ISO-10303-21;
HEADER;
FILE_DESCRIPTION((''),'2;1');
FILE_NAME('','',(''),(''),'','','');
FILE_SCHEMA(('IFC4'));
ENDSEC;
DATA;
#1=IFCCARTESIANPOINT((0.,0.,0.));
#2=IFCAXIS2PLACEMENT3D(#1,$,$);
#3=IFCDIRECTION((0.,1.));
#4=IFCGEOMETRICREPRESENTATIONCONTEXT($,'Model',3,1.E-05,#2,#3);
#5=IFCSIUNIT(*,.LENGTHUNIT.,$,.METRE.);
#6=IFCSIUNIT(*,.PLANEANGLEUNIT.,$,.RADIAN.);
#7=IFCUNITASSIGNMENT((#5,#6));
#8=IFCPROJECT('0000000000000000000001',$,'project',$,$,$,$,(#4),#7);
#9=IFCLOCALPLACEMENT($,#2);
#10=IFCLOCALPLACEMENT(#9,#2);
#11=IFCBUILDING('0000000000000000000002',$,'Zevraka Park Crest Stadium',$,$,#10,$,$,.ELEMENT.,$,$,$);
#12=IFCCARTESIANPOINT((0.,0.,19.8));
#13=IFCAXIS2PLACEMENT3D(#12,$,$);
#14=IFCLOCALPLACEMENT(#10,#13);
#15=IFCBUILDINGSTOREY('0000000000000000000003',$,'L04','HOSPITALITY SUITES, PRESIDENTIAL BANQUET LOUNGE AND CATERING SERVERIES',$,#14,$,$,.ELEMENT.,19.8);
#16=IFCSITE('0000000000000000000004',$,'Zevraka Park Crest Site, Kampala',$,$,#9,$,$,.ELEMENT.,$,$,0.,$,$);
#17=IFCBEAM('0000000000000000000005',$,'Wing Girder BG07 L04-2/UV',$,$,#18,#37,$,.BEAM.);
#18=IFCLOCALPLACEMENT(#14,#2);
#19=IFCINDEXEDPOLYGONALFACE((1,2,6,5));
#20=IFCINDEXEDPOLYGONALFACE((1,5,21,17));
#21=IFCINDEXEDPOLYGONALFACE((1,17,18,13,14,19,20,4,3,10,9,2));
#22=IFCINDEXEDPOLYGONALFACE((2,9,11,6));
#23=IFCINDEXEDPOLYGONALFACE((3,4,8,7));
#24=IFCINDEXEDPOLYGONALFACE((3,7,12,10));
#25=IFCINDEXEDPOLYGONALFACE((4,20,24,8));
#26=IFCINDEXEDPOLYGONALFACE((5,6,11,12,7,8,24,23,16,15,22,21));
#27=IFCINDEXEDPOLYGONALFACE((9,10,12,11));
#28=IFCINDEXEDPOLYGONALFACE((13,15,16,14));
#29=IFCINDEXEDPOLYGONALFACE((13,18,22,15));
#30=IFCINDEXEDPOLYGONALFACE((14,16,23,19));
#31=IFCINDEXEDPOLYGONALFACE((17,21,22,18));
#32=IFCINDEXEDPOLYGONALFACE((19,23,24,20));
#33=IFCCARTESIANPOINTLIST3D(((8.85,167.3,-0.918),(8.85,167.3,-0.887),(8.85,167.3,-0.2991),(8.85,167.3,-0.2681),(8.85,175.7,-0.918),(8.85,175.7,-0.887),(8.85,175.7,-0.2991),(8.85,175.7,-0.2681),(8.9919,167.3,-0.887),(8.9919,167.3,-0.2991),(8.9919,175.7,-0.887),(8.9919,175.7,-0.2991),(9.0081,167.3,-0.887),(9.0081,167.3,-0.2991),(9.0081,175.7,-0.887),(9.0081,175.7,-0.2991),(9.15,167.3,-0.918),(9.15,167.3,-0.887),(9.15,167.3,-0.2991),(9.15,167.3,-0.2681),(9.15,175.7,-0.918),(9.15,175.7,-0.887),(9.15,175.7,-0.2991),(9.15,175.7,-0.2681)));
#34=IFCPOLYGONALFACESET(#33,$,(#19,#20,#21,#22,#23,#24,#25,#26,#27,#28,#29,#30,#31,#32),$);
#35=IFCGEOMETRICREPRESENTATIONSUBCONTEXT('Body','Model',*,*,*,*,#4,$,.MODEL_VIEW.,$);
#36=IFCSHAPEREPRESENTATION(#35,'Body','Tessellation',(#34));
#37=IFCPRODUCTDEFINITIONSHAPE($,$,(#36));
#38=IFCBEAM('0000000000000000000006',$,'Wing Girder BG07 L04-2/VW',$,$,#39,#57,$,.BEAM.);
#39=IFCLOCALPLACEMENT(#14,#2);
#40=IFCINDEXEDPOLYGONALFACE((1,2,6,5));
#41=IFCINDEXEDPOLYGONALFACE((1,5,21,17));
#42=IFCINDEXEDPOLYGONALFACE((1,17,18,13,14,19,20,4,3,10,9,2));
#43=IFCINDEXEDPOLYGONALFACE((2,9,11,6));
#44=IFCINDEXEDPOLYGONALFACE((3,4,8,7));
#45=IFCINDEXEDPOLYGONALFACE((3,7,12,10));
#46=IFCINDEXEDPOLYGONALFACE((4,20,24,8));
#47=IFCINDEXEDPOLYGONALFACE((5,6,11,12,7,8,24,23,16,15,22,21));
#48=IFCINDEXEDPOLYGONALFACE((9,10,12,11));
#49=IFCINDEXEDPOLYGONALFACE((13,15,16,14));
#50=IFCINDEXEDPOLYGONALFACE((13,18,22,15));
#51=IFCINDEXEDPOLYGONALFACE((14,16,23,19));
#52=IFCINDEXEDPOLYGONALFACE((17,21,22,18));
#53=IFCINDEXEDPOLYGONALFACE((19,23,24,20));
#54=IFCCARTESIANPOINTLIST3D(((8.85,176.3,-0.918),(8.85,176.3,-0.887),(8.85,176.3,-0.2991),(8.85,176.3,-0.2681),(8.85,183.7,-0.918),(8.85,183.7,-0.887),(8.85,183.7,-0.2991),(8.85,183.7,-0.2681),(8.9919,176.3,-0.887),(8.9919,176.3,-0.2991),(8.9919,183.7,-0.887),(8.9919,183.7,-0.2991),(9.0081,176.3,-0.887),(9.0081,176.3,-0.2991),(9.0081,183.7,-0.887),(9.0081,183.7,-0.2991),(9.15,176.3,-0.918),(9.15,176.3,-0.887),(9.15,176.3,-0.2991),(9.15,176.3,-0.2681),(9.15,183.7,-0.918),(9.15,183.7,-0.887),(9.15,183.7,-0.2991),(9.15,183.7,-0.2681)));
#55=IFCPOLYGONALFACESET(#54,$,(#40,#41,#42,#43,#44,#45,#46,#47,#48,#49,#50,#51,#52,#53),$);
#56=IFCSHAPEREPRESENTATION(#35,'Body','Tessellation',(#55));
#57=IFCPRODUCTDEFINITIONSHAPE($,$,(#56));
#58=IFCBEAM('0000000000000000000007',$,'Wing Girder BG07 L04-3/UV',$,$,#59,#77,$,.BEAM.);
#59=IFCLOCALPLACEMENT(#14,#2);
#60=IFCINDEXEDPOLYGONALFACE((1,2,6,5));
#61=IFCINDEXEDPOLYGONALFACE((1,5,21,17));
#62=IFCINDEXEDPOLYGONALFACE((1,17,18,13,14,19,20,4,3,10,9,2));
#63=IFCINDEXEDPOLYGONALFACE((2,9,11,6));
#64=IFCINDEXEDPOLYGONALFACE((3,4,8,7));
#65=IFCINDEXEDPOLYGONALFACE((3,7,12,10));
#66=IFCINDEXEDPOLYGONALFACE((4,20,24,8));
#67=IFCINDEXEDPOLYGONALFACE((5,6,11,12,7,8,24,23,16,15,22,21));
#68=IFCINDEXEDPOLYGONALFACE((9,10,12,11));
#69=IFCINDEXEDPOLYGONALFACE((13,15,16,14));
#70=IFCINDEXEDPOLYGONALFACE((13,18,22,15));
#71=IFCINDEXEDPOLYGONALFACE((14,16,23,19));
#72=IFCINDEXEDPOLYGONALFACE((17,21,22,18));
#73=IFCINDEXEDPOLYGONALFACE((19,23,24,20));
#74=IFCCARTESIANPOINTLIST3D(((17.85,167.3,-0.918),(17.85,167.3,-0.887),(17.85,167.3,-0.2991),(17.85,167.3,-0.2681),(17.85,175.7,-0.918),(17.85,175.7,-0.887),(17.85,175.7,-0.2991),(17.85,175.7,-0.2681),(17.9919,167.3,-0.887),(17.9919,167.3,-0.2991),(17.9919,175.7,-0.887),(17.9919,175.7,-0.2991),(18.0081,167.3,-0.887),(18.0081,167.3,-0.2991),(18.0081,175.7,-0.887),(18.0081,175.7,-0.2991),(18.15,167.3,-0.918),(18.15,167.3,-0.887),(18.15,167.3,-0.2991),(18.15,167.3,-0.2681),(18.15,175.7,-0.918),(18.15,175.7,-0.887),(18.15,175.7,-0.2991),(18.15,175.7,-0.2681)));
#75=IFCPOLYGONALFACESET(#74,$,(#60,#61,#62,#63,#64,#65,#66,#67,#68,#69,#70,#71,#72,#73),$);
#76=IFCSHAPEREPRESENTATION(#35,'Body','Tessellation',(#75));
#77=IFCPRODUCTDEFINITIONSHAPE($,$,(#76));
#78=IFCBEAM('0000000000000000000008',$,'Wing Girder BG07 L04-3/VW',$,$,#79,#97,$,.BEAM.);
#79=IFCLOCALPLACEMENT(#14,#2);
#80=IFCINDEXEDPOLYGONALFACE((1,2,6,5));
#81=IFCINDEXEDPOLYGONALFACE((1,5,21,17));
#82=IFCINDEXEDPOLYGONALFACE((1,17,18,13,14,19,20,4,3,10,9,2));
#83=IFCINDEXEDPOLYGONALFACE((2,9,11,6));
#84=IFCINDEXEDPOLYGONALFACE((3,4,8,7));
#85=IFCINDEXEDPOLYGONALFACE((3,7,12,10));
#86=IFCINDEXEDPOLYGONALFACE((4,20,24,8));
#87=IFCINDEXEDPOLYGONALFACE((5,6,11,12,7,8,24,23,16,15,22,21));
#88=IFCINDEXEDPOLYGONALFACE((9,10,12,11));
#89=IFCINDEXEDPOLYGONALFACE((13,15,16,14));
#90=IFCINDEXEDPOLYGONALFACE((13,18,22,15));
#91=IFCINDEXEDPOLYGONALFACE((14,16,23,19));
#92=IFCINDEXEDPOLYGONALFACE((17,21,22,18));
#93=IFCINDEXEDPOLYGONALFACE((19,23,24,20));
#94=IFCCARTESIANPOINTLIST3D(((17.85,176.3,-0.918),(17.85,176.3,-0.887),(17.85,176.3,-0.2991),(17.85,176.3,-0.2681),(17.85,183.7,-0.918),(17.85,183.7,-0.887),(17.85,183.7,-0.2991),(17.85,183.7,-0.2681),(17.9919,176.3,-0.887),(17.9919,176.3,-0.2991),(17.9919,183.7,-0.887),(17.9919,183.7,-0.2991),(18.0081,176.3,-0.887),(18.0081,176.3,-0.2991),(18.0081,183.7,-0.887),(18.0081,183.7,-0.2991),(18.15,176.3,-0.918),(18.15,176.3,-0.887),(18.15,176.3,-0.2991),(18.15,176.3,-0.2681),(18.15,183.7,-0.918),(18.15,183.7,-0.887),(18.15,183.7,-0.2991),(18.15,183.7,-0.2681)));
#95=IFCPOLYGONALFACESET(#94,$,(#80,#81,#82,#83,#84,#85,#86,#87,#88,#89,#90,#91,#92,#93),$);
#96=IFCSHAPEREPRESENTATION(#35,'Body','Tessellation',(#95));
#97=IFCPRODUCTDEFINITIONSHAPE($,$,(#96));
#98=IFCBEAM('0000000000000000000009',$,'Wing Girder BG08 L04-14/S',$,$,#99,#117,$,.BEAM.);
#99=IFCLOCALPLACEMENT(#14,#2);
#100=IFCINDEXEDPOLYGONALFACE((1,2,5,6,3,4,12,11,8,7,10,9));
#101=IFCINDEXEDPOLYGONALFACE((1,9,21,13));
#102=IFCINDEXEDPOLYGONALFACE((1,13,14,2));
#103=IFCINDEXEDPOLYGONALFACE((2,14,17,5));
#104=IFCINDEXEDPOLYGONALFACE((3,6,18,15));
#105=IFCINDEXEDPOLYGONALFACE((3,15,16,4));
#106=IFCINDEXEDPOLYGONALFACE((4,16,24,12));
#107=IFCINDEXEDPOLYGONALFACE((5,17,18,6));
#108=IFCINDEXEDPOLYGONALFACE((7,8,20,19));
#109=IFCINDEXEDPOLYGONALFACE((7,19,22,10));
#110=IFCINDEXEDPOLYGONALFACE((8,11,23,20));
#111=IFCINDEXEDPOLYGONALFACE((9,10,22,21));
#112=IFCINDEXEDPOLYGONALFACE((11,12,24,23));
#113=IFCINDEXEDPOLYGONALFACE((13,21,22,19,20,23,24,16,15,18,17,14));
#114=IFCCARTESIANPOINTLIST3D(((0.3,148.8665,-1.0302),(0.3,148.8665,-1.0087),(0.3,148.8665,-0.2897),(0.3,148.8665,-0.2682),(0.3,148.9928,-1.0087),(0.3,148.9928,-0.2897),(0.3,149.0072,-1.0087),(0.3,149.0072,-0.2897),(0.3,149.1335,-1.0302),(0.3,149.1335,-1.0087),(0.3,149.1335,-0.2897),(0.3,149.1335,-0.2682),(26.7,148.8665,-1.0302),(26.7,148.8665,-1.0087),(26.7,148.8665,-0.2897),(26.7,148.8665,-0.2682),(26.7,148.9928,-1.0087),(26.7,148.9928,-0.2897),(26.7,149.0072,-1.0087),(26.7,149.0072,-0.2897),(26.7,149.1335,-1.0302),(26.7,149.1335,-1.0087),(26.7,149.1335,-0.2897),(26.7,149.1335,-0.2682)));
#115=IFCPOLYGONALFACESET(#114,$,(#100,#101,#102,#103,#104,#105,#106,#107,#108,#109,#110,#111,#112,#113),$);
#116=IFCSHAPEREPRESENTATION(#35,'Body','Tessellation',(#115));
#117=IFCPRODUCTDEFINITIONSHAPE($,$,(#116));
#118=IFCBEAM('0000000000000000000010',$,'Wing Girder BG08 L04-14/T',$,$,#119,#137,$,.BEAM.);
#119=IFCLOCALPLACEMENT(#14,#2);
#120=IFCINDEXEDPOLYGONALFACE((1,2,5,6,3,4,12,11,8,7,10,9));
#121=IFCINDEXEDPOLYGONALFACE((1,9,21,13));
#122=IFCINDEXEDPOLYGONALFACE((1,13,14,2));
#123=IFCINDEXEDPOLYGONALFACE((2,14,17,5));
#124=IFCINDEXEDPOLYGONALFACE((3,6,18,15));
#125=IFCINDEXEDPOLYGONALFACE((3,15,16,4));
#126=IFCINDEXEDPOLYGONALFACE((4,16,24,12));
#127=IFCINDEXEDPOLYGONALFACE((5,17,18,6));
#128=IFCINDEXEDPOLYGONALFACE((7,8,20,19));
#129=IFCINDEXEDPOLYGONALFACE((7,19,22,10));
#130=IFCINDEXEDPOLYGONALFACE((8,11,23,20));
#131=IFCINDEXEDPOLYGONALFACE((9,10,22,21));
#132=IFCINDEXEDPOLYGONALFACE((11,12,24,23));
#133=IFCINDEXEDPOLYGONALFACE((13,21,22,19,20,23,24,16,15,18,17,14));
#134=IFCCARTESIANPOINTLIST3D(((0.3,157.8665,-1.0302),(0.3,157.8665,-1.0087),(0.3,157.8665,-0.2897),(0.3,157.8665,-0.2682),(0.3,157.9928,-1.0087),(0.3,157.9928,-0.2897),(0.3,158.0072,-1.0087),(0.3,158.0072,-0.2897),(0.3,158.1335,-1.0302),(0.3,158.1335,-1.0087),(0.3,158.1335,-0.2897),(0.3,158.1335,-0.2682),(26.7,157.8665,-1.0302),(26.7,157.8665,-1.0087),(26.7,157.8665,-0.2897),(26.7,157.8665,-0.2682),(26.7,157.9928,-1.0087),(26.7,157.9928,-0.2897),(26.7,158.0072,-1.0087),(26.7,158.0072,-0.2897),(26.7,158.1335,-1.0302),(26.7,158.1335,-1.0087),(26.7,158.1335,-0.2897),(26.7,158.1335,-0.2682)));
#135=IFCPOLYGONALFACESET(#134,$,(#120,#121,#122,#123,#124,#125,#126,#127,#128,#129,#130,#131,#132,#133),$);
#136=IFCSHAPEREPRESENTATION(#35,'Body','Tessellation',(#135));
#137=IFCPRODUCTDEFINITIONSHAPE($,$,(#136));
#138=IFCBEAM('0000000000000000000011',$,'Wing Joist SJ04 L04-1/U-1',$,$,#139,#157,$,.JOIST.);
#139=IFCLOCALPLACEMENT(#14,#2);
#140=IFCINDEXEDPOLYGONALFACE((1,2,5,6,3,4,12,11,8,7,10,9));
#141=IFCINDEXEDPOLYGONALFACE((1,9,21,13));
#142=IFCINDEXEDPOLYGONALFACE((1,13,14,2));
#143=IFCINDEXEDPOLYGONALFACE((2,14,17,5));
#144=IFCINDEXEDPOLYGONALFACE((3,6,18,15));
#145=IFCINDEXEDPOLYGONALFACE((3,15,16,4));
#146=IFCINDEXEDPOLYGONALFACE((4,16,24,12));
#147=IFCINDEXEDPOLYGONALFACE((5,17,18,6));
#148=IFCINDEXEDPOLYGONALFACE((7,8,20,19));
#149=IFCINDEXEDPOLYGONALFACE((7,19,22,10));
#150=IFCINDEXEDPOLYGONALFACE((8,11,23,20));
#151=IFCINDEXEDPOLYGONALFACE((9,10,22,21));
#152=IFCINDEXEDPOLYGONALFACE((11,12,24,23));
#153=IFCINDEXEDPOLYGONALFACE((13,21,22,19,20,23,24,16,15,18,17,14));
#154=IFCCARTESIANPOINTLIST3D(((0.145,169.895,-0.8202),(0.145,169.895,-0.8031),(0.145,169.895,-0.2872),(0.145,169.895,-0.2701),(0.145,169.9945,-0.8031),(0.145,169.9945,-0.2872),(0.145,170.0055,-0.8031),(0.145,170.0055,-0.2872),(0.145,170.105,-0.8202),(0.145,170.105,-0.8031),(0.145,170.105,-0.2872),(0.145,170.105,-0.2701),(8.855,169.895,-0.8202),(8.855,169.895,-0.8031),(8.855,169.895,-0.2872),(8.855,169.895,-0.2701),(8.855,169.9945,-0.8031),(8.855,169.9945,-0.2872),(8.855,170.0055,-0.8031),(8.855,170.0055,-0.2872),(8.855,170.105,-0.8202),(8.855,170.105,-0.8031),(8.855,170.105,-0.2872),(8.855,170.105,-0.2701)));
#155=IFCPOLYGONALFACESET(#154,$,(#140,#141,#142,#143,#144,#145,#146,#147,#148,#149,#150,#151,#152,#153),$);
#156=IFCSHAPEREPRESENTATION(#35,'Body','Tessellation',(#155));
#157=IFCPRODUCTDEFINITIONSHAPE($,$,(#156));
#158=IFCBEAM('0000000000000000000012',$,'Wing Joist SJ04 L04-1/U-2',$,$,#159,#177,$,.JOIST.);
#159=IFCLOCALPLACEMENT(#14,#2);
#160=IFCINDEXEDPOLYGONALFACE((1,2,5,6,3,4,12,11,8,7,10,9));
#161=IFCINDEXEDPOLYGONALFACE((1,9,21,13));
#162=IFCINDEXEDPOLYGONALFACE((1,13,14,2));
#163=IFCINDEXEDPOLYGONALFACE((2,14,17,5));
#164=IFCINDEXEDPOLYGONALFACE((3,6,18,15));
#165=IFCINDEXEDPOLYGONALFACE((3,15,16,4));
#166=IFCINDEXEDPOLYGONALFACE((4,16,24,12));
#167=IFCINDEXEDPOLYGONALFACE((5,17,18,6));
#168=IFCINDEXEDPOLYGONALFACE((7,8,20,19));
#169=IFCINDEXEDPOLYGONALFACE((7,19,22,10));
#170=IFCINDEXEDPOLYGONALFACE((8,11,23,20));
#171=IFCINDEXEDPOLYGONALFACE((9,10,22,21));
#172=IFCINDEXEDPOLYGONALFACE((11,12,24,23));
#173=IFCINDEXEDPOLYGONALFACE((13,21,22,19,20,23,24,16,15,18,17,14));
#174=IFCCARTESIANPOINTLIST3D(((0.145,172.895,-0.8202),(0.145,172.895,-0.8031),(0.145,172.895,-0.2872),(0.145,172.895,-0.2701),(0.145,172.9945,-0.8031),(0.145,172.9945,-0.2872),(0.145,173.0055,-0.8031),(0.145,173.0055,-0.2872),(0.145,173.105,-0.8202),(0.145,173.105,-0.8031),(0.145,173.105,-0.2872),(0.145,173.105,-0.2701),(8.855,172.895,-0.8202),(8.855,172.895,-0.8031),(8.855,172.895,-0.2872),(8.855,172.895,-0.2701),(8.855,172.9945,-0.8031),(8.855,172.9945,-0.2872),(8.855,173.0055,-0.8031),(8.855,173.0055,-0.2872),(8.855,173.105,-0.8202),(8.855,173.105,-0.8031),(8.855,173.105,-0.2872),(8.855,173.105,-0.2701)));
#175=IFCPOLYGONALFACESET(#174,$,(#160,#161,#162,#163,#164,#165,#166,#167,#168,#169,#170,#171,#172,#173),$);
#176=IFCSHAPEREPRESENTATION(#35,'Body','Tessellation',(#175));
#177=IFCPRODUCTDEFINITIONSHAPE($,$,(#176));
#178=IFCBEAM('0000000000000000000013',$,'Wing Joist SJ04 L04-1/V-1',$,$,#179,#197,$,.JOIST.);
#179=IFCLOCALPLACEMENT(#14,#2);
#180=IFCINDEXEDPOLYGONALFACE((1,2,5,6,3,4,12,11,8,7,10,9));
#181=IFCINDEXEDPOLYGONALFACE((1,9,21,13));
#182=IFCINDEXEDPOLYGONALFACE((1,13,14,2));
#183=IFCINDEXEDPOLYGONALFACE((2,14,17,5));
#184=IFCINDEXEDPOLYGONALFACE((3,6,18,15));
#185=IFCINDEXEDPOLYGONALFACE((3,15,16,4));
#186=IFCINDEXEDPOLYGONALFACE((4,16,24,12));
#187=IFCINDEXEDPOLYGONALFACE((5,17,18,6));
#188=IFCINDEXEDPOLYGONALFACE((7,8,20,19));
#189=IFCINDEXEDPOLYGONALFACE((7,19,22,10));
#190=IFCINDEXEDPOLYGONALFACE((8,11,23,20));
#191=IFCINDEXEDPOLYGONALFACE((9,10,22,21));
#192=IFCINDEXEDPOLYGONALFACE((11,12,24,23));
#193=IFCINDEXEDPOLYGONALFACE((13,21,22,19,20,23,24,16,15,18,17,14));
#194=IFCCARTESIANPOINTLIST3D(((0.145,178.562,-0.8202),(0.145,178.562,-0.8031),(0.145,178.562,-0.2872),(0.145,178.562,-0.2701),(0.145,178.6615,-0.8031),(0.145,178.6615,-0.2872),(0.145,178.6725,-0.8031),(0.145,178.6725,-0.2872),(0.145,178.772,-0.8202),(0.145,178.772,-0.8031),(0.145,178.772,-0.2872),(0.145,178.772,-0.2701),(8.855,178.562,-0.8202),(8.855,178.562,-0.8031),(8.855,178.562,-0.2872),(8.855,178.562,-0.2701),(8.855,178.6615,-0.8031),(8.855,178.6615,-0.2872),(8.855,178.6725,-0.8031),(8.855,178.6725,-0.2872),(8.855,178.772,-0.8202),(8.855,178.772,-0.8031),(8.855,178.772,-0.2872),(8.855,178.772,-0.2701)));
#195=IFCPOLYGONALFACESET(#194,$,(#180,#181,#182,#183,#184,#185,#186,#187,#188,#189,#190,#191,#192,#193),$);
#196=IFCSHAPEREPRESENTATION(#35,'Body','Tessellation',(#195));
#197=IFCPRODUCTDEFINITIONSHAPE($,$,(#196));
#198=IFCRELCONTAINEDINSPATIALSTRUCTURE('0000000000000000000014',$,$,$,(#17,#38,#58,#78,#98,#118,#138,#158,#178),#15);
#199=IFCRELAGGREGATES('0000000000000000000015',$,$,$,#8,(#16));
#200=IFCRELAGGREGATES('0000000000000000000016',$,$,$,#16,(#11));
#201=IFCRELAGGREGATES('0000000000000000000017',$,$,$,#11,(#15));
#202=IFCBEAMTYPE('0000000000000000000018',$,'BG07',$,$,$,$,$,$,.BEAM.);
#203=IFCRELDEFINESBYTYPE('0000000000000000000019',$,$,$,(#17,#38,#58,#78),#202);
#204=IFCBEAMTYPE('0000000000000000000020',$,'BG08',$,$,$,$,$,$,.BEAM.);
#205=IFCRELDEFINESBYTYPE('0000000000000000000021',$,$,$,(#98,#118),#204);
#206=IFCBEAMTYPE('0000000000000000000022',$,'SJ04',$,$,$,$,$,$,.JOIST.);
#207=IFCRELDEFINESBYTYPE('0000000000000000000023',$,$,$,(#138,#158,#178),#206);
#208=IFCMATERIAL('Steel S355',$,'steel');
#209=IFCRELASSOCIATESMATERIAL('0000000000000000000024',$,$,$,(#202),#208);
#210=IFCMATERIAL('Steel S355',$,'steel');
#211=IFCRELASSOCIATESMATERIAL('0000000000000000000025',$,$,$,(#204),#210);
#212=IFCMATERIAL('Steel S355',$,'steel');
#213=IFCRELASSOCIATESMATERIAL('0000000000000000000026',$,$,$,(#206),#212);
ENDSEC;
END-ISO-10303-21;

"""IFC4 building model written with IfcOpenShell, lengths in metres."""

from ifc_helpers import new_model, si_unit, direction, frame, origin, origin_2d, place, context, subcontext, project, spatial, i_section, extrude, material, material_profile, profile_set, type_object, element, save


model = new_model("IFC4")

# Units and contexts
model_context = context("Model", 3, precision=1e-05, world=origin(), true_north=direction((0.0, 1.0)))
body_context = subcontext(model_context, "Body", "Model", "MODEL_VIEW")
ifc_project = project(units=[si_unit("LENGTHUNIT", "METRE"), si_unit("PLANEANGLEUNIT", "RADIAN")], contexts=[model_context])

# Site, building, storey
site_placement = place(None, origin())
site = spatial("IfcSite", under=ifc_project, at=site_placement, Name="Zevraka Park Crest Site, Kampala", CompositionType="ELEMENT", RefElevation=0.0)
building_placement = place(site_placement, origin())
building = spatial("IfcBuilding", under=site, at=building_placement, Name="Zevraka Park Crest Stadium", CompositionType="ELEMENT")
storey_placement = place(building_placement, frame((0.0, 0.0, 19.8)))
storey = spatial("IfcBuildingStorey", under=building, at=storey_placement, Name="L04", Description="HOSPITALITY SUITES, PRESIDENTIAL BANQUET LOUNGE AND CATERING SERVERIES", CompositionType="ELEMENT", Elevation=19.8)

# Beams
ifc_material_1 = material(Name="Steel S355", Category="steel")
ifc_material_profile_1 = material_profile(ifc_material_1, i_section(OverallWidth=0.3, OverallDepth=0.6499, WebThickness=0.0161, FlangeThickness=0.031, at=origin_2d()), Name="HEB 650")
ifc_profile_set_1 = profile_set([ifc_material_profile_1], Name="Steel S355")
beam_type_1 = type_object("IfcBeamType", Name="BG07", PredefinedType="BEAM", material=ifc_profile_set_1)
beam_1_placement = place(storey_placement, frame((9.0, 167.3, -0.593), z_axis=(0.0, 1.0, 0.0), x_axis=(-1.0, 0.0, 0.0)))
element("IfcBeam", 1, at=beam_1_placement, inside=storey, type_object=beam_type_1, Name="Wing Girder BG07 L04-2/UV", PredefinedType="BEAM", context=body_context, shape_type="SweptSolid", body=[
    extrude(i_section(OverallWidth=0.3, OverallDepth=0.6499, WebThickness=0.0161, FlangeThickness=0.031, at=origin_2d()), origin(), (0.0, 0.0, 1.0), 8.3999),
])
beam_2_placement = place(storey_placement, frame((9.0, 176.3, -0.593), z_axis=(0.0, 1.0, 0.0), x_axis=(-1.0, 0.0, 0.0)))
element("IfcBeam", 2, at=beam_2_placement, inside=storey, type_object=beam_type_1, Name="Wing Girder BG07 L04-2/VW", PredefinedType="BEAM", context=body_context, shape_type="SweptSolid", body=[
    extrude(i_section(OverallWidth=0.3, OverallDepth=0.6499, WebThickness=0.0161, FlangeThickness=0.031, at=origin_2d()), origin(), (0.0, 0.0, 1.0), 7.3999),
])
beam_3_placement = place(storey_placement, frame((18.0, 167.3, -0.593), z_axis=(0.0, 1.0, 0.0), x_axis=(-1.0, 0.0, 0.0)))
element("IfcBeam", 3, at=beam_3_placement, inside=storey, type_object=beam_type_1, Name="Wing Girder BG07 L04-3/UV", PredefinedType="BEAM", context=body_context, shape_type="SweptSolid", body=[
    extrude(i_section(OverallWidth=0.3, OverallDepth=0.6499, WebThickness=0.0161, FlangeThickness=0.031, at=origin_2d()), origin(), (0.0, 0.0, 1.0), 8.3999),
])
beam_4_placement = place(storey_placement, frame((18.0, 176.3, -0.593), z_axis=(0.0, 1.0, 0.0), x_axis=(-1.0, 0.0, 0.0)))
element("IfcBeam", 4, at=beam_4_placement, inside=storey, type_object=beam_type_1, Name="Wing Girder BG07 L04-3/VW", PredefinedType="BEAM", context=body_context, shape_type="SweptSolid", body=[
    extrude(i_section(OverallWidth=0.3, OverallDepth=0.6499, WebThickness=0.0161, FlangeThickness=0.031, at=origin_2d()), origin(), (0.0, 0.0, 1.0), 7.3999),
])
ifc_material_2 = material(Name="Steel S355", Category="steel")
ifc_material_profile_2 = material_profile(ifc_material_2, i_section(OverallWidth=0.2671, OverallDepth=0.762, WebThickness=0.0144, FlangeThickness=0.0215, at=origin_2d()), Name="UKB 762x267x173")
ifc_profile_set_2 = profile_set([ifc_material_profile_2], Name="Steel S355")
beam_type_2 = type_object("IfcBeamType", Name="BG08", PredefinedType="BEAM", material=ifc_profile_set_2)
for number, where, z_axis, x_axis, name in (
    (5, (0.3, 149.0, -0.6492), (1.0, 0.0, 0.0), (0.0, 1.0, 0.0), "Wing Girder BG08 L04-14/S"),
    (6, (0.3, 158.0, -0.6492), (1.0, 0.0, 0.0), (0.0, 1.0, 0.0), "Wing Girder BG08 L04-14/T"),
):
    element("IfcBeam", number, at=place(storey_placement, frame(where, z_axis=z_axis, x_axis=x_axis)), inside=storey, type_object=beam_type_2, Name=name, PredefinedType="BEAM", context=body_context, shape_type="SweptSolid", body=[
        extrude(i_section(OverallWidth=0.2671, OverallDepth=0.762, WebThickness=0.0144, FlangeThickness=0.0215, at=origin_2d()), origin(), (0.0, 0.0, 1.0), 26.3999),
    ])
ifc_material_3 = material(Name="Steel S355", Category="steel")
ifc_material_profile_3 = material_profile(ifc_material_3, i_section(OverallWidth=0.21, OverallDepth=0.55, WebThickness=0.011, FlangeThickness=0.0171, at=origin_2d()), Name="IPE 550")
ifc_profile_set_3 = profile_set([ifc_material_profile_3], Name="Steel S355")
beam_type_3 = type_object("IfcBeamType", Name="SJ04", PredefinedType="JOIST", material=ifc_profile_set_3)
for number, where, z_axis, x_axis, name in (
    (7, (0.145, 170.0, -0.5452), (1.0, 0.0, 0.0), (0.0, 1.0, 0.0), "Wing Joist SJ04 L04-1/U-1"),
    (8, (0.145, 173.0, -0.5452), (1.0, 0.0, 0.0), (0.0, 1.0, 0.0), "Wing Joist SJ04 L04-1/U-2"),
    (9, (0.145, 178.667, -0.5452), (1.0, 0.0, 0.0), (0.0, 1.0, 0.0), "Wing Joist SJ04 L04-1/V-1"),
):
    element("IfcBeam", number, at=place(storey_placement, frame(where, z_axis=z_axis, x_axis=x_axis)), inside=storey, type_object=beam_type_3, Name=name, PredefinedType="JOIST", context=body_context, shape_type="SweptSolid", body=[
        extrude(i_section(OverallWidth=0.21, OverallDepth=0.55, WebThickness=0.011, FlangeThickness=0.0171, at=origin_2d()), origin(), (0.0, 0.0, 1.0), 8.71),
    ])

save(model, "model.ifc")
